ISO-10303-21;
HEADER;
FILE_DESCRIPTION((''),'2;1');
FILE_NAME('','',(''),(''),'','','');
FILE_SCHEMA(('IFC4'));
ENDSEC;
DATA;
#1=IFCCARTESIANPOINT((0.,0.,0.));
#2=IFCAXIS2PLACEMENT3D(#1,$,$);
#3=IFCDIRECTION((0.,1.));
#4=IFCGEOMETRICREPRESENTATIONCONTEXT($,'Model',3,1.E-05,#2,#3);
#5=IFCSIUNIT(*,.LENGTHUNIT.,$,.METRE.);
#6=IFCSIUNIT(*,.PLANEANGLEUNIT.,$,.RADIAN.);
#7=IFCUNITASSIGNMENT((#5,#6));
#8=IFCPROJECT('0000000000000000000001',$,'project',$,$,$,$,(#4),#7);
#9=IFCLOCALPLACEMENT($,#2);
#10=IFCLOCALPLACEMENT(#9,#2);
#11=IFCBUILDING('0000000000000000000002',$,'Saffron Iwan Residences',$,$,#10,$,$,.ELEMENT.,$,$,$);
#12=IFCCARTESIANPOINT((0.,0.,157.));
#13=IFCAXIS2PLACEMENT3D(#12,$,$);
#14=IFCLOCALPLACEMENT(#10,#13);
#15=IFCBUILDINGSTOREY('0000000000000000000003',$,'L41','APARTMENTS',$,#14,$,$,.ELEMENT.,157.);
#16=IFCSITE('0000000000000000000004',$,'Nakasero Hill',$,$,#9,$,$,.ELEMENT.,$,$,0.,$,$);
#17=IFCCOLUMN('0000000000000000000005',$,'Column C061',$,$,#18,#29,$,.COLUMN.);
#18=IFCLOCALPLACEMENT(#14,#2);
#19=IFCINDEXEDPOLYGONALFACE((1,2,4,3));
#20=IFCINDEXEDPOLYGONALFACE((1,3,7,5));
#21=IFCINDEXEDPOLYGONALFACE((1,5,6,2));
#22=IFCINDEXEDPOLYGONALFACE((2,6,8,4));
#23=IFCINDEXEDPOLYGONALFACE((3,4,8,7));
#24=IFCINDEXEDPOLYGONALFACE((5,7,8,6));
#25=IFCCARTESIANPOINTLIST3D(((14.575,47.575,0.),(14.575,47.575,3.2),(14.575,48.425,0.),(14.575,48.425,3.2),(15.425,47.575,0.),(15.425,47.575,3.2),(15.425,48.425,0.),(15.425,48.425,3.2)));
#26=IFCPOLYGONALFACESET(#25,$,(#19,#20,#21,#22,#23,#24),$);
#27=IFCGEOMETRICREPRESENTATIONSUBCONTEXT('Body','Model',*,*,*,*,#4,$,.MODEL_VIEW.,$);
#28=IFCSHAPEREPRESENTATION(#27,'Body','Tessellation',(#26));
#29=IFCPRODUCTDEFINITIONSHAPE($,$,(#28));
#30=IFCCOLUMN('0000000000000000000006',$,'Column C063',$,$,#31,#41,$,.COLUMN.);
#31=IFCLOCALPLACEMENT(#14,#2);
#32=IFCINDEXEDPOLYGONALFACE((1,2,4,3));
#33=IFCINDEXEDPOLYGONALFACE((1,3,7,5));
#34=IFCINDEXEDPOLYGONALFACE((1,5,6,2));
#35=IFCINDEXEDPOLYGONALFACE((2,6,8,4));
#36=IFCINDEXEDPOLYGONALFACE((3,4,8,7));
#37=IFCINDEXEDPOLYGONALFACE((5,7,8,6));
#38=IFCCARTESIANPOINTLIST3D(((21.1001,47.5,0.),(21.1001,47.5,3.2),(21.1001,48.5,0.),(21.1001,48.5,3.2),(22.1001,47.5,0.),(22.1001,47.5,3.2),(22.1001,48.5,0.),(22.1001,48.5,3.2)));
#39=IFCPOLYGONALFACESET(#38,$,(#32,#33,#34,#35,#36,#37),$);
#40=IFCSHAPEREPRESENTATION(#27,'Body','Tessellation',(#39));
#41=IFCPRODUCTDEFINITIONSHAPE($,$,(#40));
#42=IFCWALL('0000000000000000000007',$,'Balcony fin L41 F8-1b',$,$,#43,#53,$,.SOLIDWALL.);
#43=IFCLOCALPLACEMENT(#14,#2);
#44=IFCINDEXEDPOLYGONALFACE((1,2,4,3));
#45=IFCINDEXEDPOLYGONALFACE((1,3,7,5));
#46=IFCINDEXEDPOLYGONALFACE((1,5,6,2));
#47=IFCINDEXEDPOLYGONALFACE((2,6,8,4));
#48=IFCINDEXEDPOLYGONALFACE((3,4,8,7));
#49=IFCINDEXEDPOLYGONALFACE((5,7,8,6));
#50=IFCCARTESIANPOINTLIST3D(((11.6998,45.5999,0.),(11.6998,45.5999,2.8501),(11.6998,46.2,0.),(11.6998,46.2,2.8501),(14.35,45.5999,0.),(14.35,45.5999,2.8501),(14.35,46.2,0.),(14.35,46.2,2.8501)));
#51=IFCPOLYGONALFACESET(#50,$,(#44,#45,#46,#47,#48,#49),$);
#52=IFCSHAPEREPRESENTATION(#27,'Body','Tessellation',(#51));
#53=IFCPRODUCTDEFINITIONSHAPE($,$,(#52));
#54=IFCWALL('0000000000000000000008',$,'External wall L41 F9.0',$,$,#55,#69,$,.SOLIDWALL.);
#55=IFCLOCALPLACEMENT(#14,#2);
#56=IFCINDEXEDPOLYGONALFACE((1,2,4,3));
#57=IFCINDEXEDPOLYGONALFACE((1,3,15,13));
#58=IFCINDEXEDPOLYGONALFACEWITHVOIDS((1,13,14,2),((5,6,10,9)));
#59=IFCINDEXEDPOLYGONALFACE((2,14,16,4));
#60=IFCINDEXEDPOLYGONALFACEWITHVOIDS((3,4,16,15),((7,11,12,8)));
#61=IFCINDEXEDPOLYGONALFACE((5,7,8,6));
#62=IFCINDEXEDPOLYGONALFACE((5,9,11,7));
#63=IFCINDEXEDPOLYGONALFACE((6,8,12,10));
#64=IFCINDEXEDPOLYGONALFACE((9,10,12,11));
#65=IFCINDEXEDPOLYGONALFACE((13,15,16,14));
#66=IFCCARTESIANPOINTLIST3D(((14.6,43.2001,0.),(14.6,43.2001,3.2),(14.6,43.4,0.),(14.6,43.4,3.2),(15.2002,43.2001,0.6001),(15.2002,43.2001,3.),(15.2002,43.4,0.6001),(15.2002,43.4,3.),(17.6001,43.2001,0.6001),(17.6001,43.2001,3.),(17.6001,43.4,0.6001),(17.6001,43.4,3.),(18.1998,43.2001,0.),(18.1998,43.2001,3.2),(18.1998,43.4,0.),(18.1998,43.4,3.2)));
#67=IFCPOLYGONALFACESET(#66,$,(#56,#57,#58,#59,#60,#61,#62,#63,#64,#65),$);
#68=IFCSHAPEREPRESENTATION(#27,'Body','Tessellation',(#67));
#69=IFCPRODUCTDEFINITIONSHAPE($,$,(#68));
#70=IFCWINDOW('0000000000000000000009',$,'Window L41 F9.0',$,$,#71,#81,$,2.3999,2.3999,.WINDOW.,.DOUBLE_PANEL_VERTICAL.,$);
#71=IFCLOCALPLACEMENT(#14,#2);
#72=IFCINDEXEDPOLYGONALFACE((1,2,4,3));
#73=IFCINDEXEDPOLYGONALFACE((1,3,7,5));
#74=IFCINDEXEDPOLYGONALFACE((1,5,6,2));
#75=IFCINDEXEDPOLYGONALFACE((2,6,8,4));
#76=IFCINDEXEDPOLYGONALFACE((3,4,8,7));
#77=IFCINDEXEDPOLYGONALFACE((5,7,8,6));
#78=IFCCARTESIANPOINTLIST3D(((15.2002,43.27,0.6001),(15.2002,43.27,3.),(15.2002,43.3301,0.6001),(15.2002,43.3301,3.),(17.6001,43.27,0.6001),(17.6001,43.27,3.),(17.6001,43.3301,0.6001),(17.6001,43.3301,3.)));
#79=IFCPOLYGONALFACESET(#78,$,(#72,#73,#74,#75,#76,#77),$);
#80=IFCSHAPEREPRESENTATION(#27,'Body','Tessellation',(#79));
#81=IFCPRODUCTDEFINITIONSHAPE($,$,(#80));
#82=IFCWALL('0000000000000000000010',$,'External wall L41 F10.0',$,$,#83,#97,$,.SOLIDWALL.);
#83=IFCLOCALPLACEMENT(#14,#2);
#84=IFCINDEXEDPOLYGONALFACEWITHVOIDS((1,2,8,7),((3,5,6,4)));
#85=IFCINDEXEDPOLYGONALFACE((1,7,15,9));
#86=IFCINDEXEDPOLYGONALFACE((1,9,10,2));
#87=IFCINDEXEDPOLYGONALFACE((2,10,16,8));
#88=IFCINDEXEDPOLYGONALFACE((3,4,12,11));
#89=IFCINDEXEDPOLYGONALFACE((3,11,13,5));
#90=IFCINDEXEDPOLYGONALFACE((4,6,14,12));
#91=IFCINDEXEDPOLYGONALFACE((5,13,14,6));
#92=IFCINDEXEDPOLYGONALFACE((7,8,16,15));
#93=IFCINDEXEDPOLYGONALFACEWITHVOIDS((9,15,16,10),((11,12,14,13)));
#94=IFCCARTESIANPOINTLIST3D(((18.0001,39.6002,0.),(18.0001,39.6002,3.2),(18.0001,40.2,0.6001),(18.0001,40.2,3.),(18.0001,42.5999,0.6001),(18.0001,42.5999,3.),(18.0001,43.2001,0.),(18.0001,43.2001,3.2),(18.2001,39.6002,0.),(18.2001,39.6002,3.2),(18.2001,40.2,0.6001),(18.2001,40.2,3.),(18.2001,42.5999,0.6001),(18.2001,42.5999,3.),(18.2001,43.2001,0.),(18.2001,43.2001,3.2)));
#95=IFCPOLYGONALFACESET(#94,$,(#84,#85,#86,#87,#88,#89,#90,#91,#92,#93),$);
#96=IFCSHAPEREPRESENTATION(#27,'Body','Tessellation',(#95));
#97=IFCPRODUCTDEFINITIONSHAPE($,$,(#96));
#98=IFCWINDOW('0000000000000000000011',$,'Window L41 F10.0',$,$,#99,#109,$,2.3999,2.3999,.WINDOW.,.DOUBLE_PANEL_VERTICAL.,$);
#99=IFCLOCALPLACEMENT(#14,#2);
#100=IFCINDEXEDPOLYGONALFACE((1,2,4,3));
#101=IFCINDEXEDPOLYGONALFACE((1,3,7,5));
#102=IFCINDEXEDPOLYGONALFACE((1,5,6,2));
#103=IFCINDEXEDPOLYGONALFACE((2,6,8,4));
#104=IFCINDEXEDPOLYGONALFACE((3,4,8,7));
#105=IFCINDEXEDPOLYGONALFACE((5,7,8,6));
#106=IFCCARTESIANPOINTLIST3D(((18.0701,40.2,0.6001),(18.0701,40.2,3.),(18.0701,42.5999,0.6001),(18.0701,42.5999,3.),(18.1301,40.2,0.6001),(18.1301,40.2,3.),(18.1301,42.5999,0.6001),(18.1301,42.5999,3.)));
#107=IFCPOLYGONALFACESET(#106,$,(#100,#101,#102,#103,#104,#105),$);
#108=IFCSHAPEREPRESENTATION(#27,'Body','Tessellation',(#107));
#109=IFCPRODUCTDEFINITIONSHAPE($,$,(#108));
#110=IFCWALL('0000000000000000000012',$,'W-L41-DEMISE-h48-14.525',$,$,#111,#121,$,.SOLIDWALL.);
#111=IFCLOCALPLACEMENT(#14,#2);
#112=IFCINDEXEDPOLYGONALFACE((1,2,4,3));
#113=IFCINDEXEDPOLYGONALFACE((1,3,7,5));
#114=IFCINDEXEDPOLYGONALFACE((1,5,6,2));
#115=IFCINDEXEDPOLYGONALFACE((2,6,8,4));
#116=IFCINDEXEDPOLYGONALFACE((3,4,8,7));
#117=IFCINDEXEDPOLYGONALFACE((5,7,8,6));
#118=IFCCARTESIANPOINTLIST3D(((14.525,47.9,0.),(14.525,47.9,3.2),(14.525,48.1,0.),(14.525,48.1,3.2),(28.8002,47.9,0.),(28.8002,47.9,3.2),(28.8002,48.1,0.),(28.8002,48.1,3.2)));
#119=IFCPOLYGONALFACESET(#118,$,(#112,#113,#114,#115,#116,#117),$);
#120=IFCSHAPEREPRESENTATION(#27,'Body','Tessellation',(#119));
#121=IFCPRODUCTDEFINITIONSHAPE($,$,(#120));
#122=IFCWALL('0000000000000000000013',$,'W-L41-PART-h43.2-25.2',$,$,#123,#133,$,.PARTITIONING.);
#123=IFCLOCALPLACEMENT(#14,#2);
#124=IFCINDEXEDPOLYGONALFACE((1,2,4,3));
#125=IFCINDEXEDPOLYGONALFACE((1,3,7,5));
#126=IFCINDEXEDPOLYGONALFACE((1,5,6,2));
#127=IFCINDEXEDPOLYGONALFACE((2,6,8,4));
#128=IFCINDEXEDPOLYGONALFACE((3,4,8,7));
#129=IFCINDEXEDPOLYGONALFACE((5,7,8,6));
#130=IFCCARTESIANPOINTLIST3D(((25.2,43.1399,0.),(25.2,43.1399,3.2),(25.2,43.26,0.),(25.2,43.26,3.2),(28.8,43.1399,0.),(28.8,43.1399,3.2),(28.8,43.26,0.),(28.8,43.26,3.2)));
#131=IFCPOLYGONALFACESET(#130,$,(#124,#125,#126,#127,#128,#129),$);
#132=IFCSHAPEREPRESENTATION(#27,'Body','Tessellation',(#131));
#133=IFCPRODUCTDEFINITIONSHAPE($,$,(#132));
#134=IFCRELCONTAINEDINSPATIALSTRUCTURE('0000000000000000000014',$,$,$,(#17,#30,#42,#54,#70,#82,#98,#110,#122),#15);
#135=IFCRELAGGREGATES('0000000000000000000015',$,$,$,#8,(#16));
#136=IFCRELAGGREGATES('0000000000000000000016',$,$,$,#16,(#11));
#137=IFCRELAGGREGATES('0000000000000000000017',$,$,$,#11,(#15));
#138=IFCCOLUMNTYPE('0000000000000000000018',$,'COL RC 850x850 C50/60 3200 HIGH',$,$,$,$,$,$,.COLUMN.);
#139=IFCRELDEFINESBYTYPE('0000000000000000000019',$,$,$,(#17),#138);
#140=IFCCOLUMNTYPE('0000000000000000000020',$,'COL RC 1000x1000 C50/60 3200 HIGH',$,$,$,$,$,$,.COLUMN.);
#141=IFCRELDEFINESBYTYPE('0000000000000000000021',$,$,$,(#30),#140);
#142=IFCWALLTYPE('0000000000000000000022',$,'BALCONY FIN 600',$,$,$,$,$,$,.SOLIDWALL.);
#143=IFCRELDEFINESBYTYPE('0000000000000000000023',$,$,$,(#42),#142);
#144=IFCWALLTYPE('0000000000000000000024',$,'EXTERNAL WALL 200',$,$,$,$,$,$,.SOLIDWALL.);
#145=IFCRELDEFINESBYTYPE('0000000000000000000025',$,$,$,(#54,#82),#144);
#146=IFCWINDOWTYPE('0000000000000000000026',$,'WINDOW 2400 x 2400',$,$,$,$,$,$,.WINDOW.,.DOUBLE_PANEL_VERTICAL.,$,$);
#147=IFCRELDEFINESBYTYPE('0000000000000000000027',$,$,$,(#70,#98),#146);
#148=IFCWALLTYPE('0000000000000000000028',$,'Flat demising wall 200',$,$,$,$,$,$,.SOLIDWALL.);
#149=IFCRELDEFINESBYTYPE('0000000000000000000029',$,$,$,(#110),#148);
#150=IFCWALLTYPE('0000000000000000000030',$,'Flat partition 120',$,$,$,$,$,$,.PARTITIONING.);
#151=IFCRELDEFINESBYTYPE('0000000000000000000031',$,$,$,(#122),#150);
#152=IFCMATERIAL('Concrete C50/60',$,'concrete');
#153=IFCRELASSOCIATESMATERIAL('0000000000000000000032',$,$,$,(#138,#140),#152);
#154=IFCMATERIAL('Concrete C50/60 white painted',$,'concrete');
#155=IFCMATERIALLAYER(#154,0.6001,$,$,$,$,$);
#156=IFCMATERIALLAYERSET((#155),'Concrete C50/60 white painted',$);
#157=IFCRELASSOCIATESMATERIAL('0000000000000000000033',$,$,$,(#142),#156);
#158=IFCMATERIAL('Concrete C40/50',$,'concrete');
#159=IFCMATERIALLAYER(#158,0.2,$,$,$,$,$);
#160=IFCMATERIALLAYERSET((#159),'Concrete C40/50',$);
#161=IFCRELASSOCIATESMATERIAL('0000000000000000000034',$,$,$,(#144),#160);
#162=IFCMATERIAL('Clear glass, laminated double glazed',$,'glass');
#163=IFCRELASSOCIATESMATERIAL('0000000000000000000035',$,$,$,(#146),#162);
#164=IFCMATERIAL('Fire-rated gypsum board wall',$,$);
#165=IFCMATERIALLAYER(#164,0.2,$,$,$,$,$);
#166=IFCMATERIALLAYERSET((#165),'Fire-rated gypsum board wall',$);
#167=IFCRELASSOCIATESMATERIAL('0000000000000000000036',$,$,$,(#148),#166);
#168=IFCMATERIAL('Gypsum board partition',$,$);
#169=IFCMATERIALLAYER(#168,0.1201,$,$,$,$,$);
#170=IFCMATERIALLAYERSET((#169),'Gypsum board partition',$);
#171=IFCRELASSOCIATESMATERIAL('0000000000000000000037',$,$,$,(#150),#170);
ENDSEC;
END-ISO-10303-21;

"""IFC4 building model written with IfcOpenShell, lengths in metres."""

from ifc_helpers import new_model, si_unit, direction, frame, frame_2d, origin, origin_2d, place, context, subcontext, project, spatial, rectangle, extrude, source, transform, mapped, material, layer, layer_set, material_profile, profile_set, type_object, element, fill, save


model = new_model("IFC4")

# Units and contexts
model_context = context("Model", 3, precision=1e-05, world=origin(), true_north=direction((0.0, 1.0)))
body_context = subcontext(model_context, "Body", "Model", "MODEL_VIEW")
ifc_project = project(units=[si_unit("LENGTHUNIT", "METRE"), si_unit("PLANEANGLEUNIT", "RADIAN")], contexts=[model_context])

# Site, building, storey
site_placement = place(None, origin())
site = spatial("IfcSite", under=ifc_project, at=site_placement, Name="Nakasero Hill", CompositionType="ELEMENT", RefElevation=0.0)
building_placement = place(site_placement, origin())
building = spatial("IfcBuilding", under=site, at=building_placement, Name="Saffron Iwan Residences", CompositionType="ELEMENT")
storey_placement = place(building_placement, frame((0.0, 0.0, 157.0)))
storey = spatial("IfcBuildingStorey", under=building, at=storey_placement, Name="L41", Description="APARTMENTS", CompositionType="ELEMENT", Elevation=157.0)

# Columns
ifc_material_1 = material(Name="Concrete C50/60", Category="concrete")
ifc_material_profile_1 = material_profile(ifc_material_1, rectangle(XDim=0.8501, YDim=0.8501, at=origin_2d()), Name="RC 850x850")
ifc_profile_set_1 = profile_set([ifc_material_profile_1], Name="Concrete C50/60")
column_type_1 = type_object("IfcColumnType", Name="COL RC 850x850 C50/60 3200 HIGH", PredefinedType="COLUMN", material=ifc_profile_set_1)
shared_shape_1 = source(origin(), body_context, "Body", "SweptSolid", [
    extrude(rectangle(XDim=0.8501, YDim=0.8501, at=origin_2d()), origin(), (0.0, 0.0, 1.0), 3.2),
])
column_1_placement = place(storey_placement, frame((15.0, 48.0, 0.0), z_axis=(0.0, 0.0, 1.0), x_axis=(1.0, 0.0, 0.0)))
element("IfcColumn", 1, at=column_1_placement, inside=storey, type_object=column_type_1, Name="Column C061", PredefinedType="COLUMN", context=body_context, shape_type="MappedRepresentation", body=[
    mapped(shared_shape_1, transform((0.0, 0.0, 0.0))),
])
ifc_material_profile_2 = material_profile(ifc_material_1, rectangle(XDim=1.0, YDim=1.0, at=origin_2d()), Name="RC 1000x1000")
ifc_profile_set_2 = profile_set([ifc_material_profile_2], Name="Concrete C50/60")
column_type_2 = type_object("IfcColumnType", Name="COL RC 1000x1000 C50/60 3200 HIGH", PredefinedType="COLUMN", material=ifc_profile_set_2)
shared_shape_2 = source(origin(), body_context, "Body", "SweptSolid", [
    extrude(rectangle(XDim=1.0, YDim=1.0, at=origin_2d()), origin(), (0.0, 0.0, 1.0), 3.2),
])
column_2_placement = place(storey_placement, frame((21.6001, 48.0, 0.0), z_axis=(0.0, 0.0, 1.0), x_axis=(1.0, 0.0, 0.0)))
element("IfcColumn", 2, at=column_2_placement, inside=storey, type_object=column_type_2, Name="Column C063", PredefinedType="COLUMN", context=body_context, shape_type="MappedRepresentation", body=[
    mapped(shared_shape_2, transform((0.0, 0.0, 0.0))),
])

# Wall
ifc_material_2 = material(Name="Concrete C50/60 white painted", Category="concrete")
ifc_layer_1 = layer(ifc_material_2, 0.6001)
ifc_layer_set_1 = layer_set([ifc_layer_1], Name="Concrete C50/60 white painted")
wall_type_1 = type_object("IfcWallType", Name="BALCONY FIN 600", PredefinedType="SOLIDWALL", material=ifc_layer_set_1)
wall_1_placement = place(storey_placement, frame((14.3501, 45.8999, 0.0), z_axis=(0.0, 0.0, 1.0), x_axis=(-1.0, 0.0, 0.0)))
element("IfcWall", 3, at=wall_1_placement, inside=storey, type_object=wall_type_1, Name="Balcony fin L41 F8-1b", PredefinedType="SOLIDWALL", context=body_context, shape_type="SweptSolid", body=[
    extrude(rectangle(XDim=2.6501, YDim=0.6001, at=frame_2d((1.3252, 0.0))), origin(), (0.0, 0.0, 1.0), 2.8501),
])

# Walls, openings, windows
ifc_material_3 = material(Name="Concrete C40/50", Category="concrete")
ifc_layer_2 = layer(ifc_material_3, 0.2)
ifc_layer_set_2 = layer_set([ifc_layer_2], Name="Concrete C40/50")
wall_type_2 = type_object("IfcWallType", Name="EXTERNAL WALL 200", PredefinedType="SOLIDWALL", material=ifc_layer_set_2)
wall_2_placement = place(storey_placement, frame((14.6001, 43.3, 0.0), z_axis=(0.0, 0.0, 1.0), x_axis=(1.0, 0.0, 0.0)))
wall_2 = element("IfcWall", 4, at=wall_2_placement, inside=storey, type_object=wall_type_2, Name="External wall L41 F9.0", PredefinedType="SOLIDWALL", context=body_context, shape_type="SweptSolid", body=[
    extrude(rectangle(XDim=3.5999, YDim=0.2, at=frame_2d((1.7998, 0.0))), origin(), (0.0, 0.0, 1.0), 3.2),
])
opening_1_placement = place(wall_2_placement, frame((0.6001, 0.0, 0.6001)))
opening_1 = element("IfcOpeningElement", 5, at=opening_1_placement, cuts=wall_2, PredefinedType="OPENING", context=body_context, shape_type="SweptSolid", body=[
    extrude(rectangle(XDim=2.3999, YDim=2.3999, at=frame_2d((1.2, 1.2))), frame((0.0, 0.1099, 0.0), z_axis=(0.0, -1.0, 0.0), x_axis=(1.0, 0.0, 0.0)), (0.0, 0.0, 1.0), 0.22),
])
ifc_material_4 = material(Name="Clear glass, laminated double glazed", Category="glass")
window_type = type_object("IfcWindowType", Name="WINDOW 2400 x 2400", PartitioningType="DOUBLE_PANEL_VERTICAL", PredefinedType="WINDOW", material=ifc_material_4)
window_1_placement = place(opening_1_placement, origin())
window_1 = element("IfcWindow", 6, at=window_1_placement, inside=storey, type_object=window_type, Name="Window L41 F9.0", OverallHeight=2.3999, OverallWidth=2.3999, PartitioningType="DOUBLE_PANEL_VERTICAL", PredefinedType="WINDOW", context=body_context, shape_type="SweptSolid", body=[
    extrude(rectangle(XDim=2.3999, YDim=2.3999, at=frame_2d((1.2, 1.2))), frame((0.0, 0.03, 0.0), z_axis=(0.0, -1.0, 0.0), x_axis=(1.0, 0.0, 0.0)), (0.0, 0.0, 1.0), 0.0601),
])
fill(opening_1, window_1)
wall_3_placement = place(storey_placement, frame((18.1001, 43.2, 0.0), z_axis=(0.0, 0.0, 1.0), x_axis=(0.0, -1.0, 0.0)))
wall_3 = element("IfcWall", 7, at=wall_3_placement, inside=storey, type_object=wall_type_2, Name="External wall L41 F10.0", PredefinedType="SOLIDWALL", context=body_context, shape_type="SweptSolid", body=[
    extrude(rectangle(XDim=3.5999, YDim=0.2, at=frame_2d((1.7998, 0.0))), origin(), (0.0, 0.0, 1.0), 3.2),
])
opening_2_placement = place(wall_3_placement, frame((0.6001, 0.0, 0.6001)))
opening_2 = element("IfcOpeningElement", 8, at=opening_2_placement, cuts=wall_3, PredefinedType="OPENING", context=body_context, shape_type="SweptSolid", body=[
    extrude(rectangle(XDim=2.3999, YDim=2.3999, at=frame_2d((1.2, 1.2))), frame((0.0, 0.1099, 0.0), z_axis=(0.0, -1.0, 0.0), x_axis=(1.0, 0.0, 0.0)), (0.0, 0.0, 1.0), 0.22),
])
window_2_placement = place(opening_2_placement, origin())
window_2 = element("IfcWindow", 9, at=window_2_placement, inside=storey, type_object=window_type, Name="Window L41 F10.0", OverallHeight=2.3999, OverallWidth=2.3999, PartitioningType="DOUBLE_PANEL_VERTICAL", PredefinedType="WINDOW", context=body_context, shape_type="SweptSolid", body=[
    extrude(rectangle(XDim=2.3999, YDim=2.3999, at=frame_2d((1.2, 1.2))), frame((0.0, 0.03, 0.0), z_axis=(0.0, -1.0, 0.0), x_axis=(1.0, 0.0, 0.0)), (0.0, 0.0, 1.0), 0.0601),
])
fill(opening_2, window_2)

# Walls
ifc_material_5 = material(Name="Fire-rated gypsum board wall")
ifc_layer_3 = layer(ifc_material_5, 0.2)
ifc_layer_set_3 = layer_set([ifc_layer_3], Name="Fire-rated gypsum board wall")
wall_type_3 = type_object("IfcWallType", Name="Flat demising wall 200", PredefinedType="SOLIDWALL", material=ifc_layer_set_3)
wall_4_placement = place(storey_placement, frame((14.5249, 48.0, 0.0), z_axis=(0.0, 0.0, 1.0), x_axis=(1.0, 0.0, 0.0)))
element("IfcWall", 10, at=wall_4_placement, inside=storey, type_object=wall_type_3, Name="W-L41-DEMISE-h48-14.525", PredefinedType="SOLIDWALL", context=body_context, shape_type="SweptSolid", body=[
    extrude(rectangle(XDim=14.2751, YDim=0.2, at=frame_2d((7.1377, 0.0))), origin(), (0.0, 0.0, 1.0), 3.2),
])
ifc_material_6 = material(Name="Gypsum board partition")
ifc_layer_4 = layer(ifc_material_6, 0.1201)
ifc_layer_set_4 = layer_set([ifc_layer_4], Name="Gypsum board partition")
wall_type_4 = type_object("IfcWallType", Name="Flat partition 120", PredefinedType="PARTITIONING", material=ifc_layer_set_4)
wall_5_placement = place(storey_placement, frame((25.2, 43.2, 0.0), z_axis=(0.0, 0.0, 1.0), x_axis=(1.0, 0.0, 0.0)))
element("IfcWall", 11, at=wall_5_placement, inside=storey, type_object=wall_type_4, Name="W-L41-PART-h43.2-25.2", PredefinedType="PARTITIONING", context=body_context, shape_type="SweptSolid", body=[
    extrude(rectangle(XDim=3.6001, YDim=0.1201, at=frame_2d((1.8, 0.0))), origin(), (0.0, 0.0, 1.0), 3.2),
])

save(model, "model.ifc")
